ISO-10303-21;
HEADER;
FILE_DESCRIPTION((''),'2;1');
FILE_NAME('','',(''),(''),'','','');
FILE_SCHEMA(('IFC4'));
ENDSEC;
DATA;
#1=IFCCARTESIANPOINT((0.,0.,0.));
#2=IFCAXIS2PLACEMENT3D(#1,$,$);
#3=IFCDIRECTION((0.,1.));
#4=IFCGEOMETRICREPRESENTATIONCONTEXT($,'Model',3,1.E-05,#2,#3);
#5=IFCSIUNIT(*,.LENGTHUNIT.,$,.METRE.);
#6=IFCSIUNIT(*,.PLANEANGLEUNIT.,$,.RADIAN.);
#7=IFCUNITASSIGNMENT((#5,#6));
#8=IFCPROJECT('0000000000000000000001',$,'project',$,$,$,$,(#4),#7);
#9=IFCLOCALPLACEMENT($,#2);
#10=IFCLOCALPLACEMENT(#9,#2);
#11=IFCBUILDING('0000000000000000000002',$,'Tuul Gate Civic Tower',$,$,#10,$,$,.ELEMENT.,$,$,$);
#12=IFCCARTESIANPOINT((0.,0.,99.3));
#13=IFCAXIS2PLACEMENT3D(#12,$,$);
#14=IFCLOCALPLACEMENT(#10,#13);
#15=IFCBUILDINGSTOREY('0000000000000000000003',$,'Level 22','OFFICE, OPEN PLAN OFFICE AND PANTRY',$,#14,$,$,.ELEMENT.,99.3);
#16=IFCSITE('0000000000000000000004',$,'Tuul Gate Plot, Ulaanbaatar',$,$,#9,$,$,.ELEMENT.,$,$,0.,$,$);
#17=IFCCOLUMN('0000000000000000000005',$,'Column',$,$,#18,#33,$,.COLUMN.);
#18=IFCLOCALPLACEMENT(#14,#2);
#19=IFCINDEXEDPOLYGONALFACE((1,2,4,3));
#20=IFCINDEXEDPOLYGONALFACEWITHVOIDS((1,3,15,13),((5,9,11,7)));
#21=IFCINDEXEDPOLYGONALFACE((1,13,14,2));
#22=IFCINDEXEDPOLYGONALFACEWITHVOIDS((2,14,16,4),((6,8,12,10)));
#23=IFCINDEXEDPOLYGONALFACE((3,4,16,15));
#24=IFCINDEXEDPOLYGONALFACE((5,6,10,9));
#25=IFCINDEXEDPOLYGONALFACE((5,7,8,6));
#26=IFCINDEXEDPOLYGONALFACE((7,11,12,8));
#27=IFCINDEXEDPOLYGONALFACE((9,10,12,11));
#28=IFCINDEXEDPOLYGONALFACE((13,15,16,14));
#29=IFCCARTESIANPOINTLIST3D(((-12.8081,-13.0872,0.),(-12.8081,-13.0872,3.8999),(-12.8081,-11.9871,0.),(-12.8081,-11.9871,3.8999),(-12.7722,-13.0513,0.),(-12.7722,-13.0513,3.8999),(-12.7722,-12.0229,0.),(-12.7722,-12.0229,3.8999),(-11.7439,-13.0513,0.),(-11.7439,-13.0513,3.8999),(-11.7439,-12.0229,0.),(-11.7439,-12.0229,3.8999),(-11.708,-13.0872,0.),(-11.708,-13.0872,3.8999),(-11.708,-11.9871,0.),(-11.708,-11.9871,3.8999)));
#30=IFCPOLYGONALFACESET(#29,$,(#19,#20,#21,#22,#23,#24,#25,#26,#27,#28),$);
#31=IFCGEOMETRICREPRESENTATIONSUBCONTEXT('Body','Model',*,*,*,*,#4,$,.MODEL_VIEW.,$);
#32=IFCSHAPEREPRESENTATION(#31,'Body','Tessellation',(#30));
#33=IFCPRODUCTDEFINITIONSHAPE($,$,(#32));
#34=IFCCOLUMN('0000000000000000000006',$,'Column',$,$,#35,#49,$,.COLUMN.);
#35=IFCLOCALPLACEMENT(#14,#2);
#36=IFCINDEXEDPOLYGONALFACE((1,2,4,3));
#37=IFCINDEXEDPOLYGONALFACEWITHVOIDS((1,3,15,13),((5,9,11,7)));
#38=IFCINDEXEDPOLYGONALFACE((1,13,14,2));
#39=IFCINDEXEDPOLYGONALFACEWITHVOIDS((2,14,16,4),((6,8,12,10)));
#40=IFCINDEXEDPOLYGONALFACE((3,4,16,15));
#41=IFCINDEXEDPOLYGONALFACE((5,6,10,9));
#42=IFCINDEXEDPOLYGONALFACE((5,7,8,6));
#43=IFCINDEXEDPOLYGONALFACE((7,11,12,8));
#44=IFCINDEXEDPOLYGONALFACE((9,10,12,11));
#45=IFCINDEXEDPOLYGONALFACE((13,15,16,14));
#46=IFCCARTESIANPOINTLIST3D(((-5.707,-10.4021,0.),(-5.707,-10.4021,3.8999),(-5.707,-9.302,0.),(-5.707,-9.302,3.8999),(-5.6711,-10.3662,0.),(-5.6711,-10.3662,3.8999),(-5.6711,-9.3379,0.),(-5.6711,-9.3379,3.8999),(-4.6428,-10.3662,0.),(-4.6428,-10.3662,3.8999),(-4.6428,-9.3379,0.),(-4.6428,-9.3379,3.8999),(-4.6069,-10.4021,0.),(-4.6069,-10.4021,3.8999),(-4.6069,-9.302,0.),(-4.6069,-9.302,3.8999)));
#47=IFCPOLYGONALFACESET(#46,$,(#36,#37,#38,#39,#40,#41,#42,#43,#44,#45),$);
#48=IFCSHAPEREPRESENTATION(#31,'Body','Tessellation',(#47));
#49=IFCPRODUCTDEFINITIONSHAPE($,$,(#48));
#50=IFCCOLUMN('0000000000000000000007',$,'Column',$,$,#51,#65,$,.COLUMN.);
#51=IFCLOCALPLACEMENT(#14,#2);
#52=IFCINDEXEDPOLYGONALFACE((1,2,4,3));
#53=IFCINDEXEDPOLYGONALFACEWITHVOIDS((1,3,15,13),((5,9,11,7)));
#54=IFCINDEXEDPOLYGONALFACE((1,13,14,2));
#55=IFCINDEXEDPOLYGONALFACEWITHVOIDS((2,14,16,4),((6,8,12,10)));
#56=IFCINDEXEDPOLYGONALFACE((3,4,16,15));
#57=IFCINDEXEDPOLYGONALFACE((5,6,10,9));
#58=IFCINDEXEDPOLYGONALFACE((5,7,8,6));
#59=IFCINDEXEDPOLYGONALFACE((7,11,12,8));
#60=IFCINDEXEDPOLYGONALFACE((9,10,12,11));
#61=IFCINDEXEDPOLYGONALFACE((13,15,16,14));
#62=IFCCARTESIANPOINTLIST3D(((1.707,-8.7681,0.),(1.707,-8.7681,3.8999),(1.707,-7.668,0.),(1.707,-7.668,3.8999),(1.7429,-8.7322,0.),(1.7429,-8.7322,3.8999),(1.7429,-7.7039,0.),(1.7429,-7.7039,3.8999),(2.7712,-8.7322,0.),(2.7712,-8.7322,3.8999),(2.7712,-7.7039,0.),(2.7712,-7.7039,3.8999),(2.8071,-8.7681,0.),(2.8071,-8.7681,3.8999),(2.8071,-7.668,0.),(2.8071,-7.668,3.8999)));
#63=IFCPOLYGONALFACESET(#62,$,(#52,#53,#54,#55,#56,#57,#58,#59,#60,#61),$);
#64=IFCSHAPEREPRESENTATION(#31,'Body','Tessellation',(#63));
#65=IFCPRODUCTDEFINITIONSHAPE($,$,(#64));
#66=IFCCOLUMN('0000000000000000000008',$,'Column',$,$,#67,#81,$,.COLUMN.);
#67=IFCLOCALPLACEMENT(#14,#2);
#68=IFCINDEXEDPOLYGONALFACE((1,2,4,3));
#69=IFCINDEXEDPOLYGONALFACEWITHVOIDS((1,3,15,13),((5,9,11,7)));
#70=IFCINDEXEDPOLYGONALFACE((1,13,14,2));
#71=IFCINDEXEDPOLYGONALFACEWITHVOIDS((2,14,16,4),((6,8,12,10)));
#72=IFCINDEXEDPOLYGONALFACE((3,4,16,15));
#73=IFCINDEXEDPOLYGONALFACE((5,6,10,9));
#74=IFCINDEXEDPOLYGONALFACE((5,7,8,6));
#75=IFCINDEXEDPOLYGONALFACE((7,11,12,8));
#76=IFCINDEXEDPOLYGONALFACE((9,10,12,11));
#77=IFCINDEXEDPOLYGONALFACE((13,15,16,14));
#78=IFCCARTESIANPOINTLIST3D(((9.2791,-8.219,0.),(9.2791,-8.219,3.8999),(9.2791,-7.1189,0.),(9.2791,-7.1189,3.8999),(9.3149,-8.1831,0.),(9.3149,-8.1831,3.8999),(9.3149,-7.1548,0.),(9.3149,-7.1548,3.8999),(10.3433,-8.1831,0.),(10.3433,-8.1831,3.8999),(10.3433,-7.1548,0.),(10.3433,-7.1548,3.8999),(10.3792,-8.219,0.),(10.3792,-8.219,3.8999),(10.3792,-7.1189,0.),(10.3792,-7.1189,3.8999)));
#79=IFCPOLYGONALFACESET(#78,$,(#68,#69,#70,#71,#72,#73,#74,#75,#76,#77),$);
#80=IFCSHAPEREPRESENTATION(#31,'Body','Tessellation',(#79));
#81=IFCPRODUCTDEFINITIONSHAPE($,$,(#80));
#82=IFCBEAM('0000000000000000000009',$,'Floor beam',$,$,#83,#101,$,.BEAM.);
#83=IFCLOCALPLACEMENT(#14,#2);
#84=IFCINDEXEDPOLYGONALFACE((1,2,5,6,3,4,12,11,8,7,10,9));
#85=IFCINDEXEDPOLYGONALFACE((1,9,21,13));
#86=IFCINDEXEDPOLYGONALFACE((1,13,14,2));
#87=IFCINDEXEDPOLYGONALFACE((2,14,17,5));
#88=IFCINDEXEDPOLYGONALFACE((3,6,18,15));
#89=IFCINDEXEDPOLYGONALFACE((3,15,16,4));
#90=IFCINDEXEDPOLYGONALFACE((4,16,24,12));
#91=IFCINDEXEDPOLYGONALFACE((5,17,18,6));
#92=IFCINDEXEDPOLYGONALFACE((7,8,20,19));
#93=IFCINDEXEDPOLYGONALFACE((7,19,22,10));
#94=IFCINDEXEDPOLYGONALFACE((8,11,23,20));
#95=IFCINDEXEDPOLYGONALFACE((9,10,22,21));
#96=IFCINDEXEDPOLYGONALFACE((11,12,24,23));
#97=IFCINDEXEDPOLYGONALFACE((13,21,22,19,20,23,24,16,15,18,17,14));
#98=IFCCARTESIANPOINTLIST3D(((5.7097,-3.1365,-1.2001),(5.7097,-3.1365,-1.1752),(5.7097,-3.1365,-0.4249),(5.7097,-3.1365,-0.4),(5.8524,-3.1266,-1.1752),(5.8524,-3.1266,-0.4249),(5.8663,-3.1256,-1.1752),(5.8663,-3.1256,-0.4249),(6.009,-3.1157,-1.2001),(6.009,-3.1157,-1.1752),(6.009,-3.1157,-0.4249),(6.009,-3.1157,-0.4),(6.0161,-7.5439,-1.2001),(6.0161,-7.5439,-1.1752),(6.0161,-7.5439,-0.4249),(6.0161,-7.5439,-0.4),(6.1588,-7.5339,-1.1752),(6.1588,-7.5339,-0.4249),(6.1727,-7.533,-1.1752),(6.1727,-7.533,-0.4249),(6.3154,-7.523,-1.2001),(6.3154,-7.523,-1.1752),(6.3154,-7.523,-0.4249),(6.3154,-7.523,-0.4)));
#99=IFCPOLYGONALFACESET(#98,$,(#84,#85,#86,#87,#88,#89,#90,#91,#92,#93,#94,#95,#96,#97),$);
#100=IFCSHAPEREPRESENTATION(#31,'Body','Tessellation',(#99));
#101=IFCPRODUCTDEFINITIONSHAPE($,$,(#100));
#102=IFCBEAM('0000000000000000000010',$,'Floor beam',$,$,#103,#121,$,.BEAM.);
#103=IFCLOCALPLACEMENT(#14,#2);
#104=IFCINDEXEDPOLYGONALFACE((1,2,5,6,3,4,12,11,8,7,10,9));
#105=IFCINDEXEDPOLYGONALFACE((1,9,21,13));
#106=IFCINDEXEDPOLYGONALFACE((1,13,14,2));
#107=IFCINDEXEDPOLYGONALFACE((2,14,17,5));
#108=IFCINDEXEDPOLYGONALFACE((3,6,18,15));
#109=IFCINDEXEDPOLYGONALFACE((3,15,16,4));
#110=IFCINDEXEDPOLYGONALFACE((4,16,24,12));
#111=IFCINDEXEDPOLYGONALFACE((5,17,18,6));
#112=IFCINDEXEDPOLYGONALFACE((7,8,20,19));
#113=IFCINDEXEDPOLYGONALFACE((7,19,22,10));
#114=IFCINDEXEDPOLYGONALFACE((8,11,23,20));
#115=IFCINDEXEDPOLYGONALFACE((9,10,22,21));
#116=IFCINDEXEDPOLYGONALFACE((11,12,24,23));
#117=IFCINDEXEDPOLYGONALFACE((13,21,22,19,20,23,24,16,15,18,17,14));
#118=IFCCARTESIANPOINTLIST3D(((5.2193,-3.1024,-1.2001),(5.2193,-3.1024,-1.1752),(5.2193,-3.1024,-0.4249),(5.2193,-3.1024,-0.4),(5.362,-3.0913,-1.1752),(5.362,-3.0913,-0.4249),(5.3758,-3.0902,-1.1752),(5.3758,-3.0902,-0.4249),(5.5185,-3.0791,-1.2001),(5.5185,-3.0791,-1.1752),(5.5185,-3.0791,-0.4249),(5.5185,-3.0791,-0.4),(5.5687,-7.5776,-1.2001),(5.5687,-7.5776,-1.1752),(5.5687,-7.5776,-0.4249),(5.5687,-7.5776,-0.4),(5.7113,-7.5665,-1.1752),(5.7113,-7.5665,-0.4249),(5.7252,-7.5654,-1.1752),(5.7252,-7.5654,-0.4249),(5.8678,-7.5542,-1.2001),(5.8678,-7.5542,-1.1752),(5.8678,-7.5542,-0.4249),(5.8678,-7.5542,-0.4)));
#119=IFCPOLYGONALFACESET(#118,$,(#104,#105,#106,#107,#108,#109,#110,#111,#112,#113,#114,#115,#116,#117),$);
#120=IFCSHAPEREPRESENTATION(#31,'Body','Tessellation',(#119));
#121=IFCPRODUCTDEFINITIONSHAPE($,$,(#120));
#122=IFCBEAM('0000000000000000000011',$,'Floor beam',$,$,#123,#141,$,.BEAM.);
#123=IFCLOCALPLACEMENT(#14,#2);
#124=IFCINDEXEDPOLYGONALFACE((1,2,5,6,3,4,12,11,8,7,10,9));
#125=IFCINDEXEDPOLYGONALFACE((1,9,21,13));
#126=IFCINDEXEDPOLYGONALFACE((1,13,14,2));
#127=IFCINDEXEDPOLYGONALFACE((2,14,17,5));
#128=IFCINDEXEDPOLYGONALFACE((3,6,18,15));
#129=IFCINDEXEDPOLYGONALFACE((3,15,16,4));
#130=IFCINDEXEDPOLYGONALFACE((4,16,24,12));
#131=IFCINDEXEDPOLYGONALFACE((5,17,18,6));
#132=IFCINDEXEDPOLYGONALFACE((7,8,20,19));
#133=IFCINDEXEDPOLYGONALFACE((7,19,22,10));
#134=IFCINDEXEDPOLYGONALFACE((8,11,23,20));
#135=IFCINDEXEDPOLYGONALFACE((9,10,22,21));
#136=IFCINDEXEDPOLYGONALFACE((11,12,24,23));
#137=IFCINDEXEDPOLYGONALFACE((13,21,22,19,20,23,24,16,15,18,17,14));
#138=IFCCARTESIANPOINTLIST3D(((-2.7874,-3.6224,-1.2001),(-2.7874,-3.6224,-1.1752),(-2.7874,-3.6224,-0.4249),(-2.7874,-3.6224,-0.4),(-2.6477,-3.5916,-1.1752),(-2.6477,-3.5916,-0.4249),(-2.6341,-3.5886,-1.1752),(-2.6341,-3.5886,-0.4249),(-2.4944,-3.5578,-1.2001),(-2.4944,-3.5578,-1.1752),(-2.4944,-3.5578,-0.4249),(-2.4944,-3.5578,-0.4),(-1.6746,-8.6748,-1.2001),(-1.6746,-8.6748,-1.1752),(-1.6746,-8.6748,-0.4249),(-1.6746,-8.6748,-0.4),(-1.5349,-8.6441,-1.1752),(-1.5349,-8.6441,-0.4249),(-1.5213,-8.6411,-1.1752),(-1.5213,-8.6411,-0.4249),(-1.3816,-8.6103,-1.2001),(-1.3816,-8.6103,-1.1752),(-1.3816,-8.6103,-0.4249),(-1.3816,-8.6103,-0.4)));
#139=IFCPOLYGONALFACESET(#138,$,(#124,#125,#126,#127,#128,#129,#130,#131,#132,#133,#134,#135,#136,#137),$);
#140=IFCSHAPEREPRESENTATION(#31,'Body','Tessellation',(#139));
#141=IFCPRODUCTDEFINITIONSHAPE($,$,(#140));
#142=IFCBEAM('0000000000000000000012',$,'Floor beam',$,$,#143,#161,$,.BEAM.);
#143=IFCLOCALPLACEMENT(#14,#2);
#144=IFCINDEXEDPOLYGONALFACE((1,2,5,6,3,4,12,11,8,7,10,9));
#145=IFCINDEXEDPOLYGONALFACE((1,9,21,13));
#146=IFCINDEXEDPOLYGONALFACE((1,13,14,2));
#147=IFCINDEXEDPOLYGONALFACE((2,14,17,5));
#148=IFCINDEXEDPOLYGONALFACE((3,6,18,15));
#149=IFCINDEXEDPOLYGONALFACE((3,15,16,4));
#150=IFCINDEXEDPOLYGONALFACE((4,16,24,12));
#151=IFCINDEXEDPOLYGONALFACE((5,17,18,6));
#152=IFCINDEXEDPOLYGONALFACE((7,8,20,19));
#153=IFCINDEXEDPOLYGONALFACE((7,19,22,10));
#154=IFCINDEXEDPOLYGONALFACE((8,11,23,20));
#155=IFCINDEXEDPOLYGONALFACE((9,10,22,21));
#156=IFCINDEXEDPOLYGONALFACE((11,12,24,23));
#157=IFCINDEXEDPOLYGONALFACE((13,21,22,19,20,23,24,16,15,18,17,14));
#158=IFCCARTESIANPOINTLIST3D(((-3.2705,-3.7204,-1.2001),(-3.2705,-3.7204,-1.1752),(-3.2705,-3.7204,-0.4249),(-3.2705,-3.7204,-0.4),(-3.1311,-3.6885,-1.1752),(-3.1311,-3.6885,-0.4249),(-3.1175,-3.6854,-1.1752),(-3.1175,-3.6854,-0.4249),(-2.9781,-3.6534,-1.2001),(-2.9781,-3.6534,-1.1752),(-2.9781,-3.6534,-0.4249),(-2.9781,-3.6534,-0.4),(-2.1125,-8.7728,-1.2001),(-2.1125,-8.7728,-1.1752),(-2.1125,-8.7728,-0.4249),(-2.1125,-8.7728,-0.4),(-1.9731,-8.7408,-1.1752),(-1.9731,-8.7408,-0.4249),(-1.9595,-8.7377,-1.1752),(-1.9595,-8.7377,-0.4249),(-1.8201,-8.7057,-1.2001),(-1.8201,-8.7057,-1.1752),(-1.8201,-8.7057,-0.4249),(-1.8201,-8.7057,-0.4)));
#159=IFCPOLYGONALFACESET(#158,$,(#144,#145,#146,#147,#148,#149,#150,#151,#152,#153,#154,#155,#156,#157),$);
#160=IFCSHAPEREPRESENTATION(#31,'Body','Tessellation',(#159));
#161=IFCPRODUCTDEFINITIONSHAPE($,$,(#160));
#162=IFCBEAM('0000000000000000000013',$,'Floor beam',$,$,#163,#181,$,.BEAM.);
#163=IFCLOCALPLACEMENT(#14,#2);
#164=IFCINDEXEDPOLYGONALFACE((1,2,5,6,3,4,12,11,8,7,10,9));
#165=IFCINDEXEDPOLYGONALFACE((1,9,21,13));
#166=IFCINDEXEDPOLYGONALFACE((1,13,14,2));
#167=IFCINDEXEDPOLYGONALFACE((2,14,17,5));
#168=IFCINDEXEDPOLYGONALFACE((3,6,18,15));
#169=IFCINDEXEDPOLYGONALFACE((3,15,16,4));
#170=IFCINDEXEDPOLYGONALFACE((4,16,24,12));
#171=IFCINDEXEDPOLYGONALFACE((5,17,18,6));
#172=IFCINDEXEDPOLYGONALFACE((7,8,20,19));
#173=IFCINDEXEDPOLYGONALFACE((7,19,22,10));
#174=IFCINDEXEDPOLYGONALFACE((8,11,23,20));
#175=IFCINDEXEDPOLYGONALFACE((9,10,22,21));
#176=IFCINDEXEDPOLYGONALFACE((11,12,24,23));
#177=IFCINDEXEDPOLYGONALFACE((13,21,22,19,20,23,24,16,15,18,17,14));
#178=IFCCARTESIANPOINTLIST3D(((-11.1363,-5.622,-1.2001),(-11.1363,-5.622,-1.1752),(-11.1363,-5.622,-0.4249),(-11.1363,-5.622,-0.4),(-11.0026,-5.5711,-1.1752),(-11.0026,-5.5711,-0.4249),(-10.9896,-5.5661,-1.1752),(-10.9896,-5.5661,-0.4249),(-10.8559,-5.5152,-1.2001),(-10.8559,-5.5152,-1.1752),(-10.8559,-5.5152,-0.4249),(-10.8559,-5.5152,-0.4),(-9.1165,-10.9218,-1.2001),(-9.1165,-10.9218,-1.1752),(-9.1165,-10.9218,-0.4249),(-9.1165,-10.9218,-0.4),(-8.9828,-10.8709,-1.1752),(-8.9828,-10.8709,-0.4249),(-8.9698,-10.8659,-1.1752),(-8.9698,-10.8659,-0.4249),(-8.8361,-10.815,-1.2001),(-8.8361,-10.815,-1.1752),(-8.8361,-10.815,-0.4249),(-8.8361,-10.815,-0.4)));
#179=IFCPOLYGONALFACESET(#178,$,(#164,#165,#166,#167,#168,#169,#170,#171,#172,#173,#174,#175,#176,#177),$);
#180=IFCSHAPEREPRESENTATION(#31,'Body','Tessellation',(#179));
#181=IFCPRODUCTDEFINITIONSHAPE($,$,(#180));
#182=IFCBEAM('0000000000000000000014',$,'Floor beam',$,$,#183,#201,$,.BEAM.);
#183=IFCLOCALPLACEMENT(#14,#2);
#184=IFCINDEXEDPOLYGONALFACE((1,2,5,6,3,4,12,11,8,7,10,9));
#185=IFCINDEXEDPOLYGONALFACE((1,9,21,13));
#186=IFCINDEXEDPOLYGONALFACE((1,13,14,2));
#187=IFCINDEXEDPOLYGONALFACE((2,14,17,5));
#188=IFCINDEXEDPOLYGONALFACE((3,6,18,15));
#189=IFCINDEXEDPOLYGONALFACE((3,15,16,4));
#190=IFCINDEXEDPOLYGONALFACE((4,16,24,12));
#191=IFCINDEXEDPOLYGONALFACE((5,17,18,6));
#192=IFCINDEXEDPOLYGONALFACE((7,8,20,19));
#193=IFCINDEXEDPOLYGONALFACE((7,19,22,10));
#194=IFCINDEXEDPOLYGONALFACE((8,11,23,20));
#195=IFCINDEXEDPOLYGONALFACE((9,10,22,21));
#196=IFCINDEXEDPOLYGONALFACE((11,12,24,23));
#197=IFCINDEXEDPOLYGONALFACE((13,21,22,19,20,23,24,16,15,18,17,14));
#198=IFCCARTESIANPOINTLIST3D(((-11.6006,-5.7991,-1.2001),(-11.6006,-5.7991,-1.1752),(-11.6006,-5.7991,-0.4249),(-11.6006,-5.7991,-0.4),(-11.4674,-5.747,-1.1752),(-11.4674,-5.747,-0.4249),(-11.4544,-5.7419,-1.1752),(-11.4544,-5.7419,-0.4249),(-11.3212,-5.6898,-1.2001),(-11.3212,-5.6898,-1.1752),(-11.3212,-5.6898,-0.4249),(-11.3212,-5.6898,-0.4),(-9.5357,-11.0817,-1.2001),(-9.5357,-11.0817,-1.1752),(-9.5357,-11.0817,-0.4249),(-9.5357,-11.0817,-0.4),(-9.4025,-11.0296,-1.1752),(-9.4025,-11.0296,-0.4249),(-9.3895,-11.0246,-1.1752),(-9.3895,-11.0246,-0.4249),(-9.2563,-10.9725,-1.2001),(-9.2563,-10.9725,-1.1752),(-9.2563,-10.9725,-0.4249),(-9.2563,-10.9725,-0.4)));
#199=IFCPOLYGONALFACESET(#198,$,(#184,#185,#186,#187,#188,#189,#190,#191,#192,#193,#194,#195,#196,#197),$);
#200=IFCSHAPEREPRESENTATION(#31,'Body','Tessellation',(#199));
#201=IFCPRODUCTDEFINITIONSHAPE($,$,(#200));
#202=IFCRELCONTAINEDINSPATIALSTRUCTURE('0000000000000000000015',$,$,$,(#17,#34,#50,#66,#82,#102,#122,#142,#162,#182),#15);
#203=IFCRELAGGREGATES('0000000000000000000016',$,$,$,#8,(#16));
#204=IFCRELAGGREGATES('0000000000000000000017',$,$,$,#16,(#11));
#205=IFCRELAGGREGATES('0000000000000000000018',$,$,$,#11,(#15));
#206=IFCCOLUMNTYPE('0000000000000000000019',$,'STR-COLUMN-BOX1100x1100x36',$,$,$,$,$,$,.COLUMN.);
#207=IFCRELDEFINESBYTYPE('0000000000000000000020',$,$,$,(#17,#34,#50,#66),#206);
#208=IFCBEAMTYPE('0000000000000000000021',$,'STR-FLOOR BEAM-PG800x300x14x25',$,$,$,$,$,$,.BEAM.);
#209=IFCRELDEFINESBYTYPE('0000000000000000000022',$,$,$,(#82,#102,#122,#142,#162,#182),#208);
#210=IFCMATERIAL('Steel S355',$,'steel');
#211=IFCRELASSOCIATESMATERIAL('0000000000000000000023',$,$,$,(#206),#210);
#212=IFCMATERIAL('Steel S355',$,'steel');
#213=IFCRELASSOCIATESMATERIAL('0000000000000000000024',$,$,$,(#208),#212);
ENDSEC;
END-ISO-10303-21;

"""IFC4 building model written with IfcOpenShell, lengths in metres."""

from ifc_helpers import new_model, si_unit, direction, frame, origin, origin_2d, place, context, subcontext, project, spatial, hollow_rectangle, i_section, extrude, material, material_profile, profile_set, type_object, element, save


model = new_model("IFC4")

# Units and contexts
model_context = context("Model", 3, precision=1e-05, world=origin(), true_north=direction((0.0, 1.0)))
body_context = subcontext(model_context, "Body", "Model", "MODEL_VIEW")
ifc_project = project(units=[si_unit("LENGTHUNIT", "METRE"), si_unit("PLANEANGLEUNIT", "RADIAN")], contexts=[model_context])

# Site, building, storey
site_placement = place(None, origin())
site = spatial("IfcSite", under=ifc_project, at=site_placement, Name="Tuul Gate Plot, Ulaanbaatar", CompositionType="ELEMENT", RefElevation=0.0)
building_placement = place(site_placement, origin())
building = spatial("IfcBuilding", under=site, at=building_placement, Name="Tuul Gate Civic Tower", CompositionType="ELEMENT")
storey_placement = place(building_placement, frame((0.0, 0.0, 99.3)))
storey = spatial("IfcBuildingStorey", under=building, at=storey_placement, Name="Level 22", Description="OFFICE, OPEN PLAN OFFICE AND PANTRY", CompositionType="ELEMENT", Elevation=99.3)

# Columns
ifc_material_1 = material(Name="Steel S355", Category="steel")
ifc_material_profile_1 = material_profile(ifc_material_1, hollow_rectangle(XDim=1.1001, YDim=1.1001, WallThickness=0.0359, at=origin_2d()), Name="BOX1100x1100x36")
ifc_profile_set_1 = profile_set([ifc_material_profile_1], Name="Steel S355")
column_type = type_object("IfcColumnType", Name="STR-COLUMN-BOX1100x1100x36", PredefinedType="COLUMN", material=ifc_profile_set_1)
for number, where, z_axis, x_axis, name in (
    (1, (-12.2581, -12.5371, 0.0), (0.0, 0.0, 1.0), (1.0, 0.0, 0.0), "Column"),
    (2, (-5.157, -9.8521, 0.0), (0.0, 0.0, 1.0), (1.0, 0.0, 0.0), "Column"),
    (3, (2.2571, -8.218, 0.0), (0.0, 0.0, 1.0), (1.0, 0.0, 0.0), "Column"),
    (4, (9.8291, -7.6689, 0.0), (0.0, 0.0, 1.0), (1.0, 0.0, 0.0), "Column"),
):
    element("IfcColumn", number, at=place(storey_placement, frame(where, z_axis=z_axis, x_axis=x_axis)), inside=storey, type_object=column_type, Name=name, PredefinedType="COLUMN", context=body_context, shape_type="SweptSolid", body=[
        extrude(hollow_rectangle(XDim=1.1001, YDim=1.1001, WallThickness=0.0359, at=origin_2d()), origin(), (0.0, 0.0, 1.0), 3.8999),
    ])

# Beams
ifc_material_2 = material(Name="Steel S355", Category="steel")
ifc_material_profile_2 = material_profile(ifc_material_2, i_section(OverallWidth=0.3, OverallDepth=0.8, WebThickness=0.0139, FlangeThickness=0.0249, at=origin_2d()), Name="PG800x300x14x25")
ifc_profile_set_2 = profile_set([ifc_material_profile_2], Name="Steel S355")
beam_type = type_object("IfcBeamType", Name="STR-FLOOR BEAM-PG800x300x14x25", PredefinedType="BEAM", material=ifc_profile_set_2)
beam_1_placement = place(storey_placement, frame((6.1658, -7.5334, -0.8), z_axis=(-0.069354, 0.997592, 0.0), x_axis=(-0.997592, -0.069354, 0.0)))
element("IfcBeam", 5, at=beam_1_placement, inside=storey, type_object=beam_type, Name="Floor beam", PredefinedType="BEAM", context=body_context, shape_type="SweptSolid", body=[
    extrude(i_section(OverallWidth=0.3, OverallDepth=0.8, WebThickness=0.0139, FlangeThickness=0.0249, at=origin_2d()), origin(), (0.0, 0.0, 1.0), 4.418),
])
beam_2_placement = place(storey_placement, frame((5.7183, -7.5659, -0.8), z_axis=(-0.077832, 0.996966, 0.0), x_axis=(-0.996966, -0.077832, 0.0)))
element("IfcBeam", 6, at=beam_2_placement, inside=storey, type_object=beam_type, Name="Floor beam", PredefinedType="BEAM", context=body_context, shape_type="SweptSolid", body=[
    extrude(i_section(OverallWidth=0.3, OverallDepth=0.8, WebThickness=0.0139, FlangeThickness=0.0249, at=origin_2d()), origin(), (0.0, 0.0, 1.0), 4.4888),
])
beam_3_placement = place(storey_placement, frame((-1.5281, -8.6426, -0.8), z_axis=(-0.215091, 0.976594, 0.0), x_axis=(-0.976594, -0.215091, 0.0)))
element("IfcBeam", 7, at=beam_3_placement, inside=storey, type_object=beam_type, Name="Floor beam", PredefinedType="BEAM", context=body_context, shape_type="SweptSolid", body=[
    extrude(i_section(OverallWidth=0.3, OverallDepth=0.8, WebThickness=0.0139, FlangeThickness=0.0249, at=origin_2d()), origin(), (0.0, 0.0, 1.0), 5.1736),
])
beam_4_placement = place(storey_placement, frame((-1.9663, -8.7393, -0.8), z_axis=(-0.223404, 0.974726, 0.0), x_axis=(-0.974726, -0.223404, 0.0)))
element("IfcBeam", 8, at=beam_4_placement, inside=storey, type_object=beam_type, Name="Floor beam", PredefinedType="BEAM", context=body_context, shape_type="SweptSolid", body=[
    extrude(i_section(OverallWidth=0.3, OverallDepth=0.8, WebThickness=0.0139, FlangeThickness=0.0249, at=origin_2d()), origin(), (0.0, 0.0, 1.0), 5.1833),
])
beam_5_placement = place(storey_placement, frame((-8.9763, -10.8684, -0.8), z_axis=(-0.356119, 0.934441, 0.0), x_axis=(-0.934441, -0.356119, 0.0)))
element("IfcBeam", 9, at=beam_5_placement, inside=storey, type_object=beam_type, Name="Floor beam", PredefinedType="BEAM", context=body_context, shape_type="SweptSolid", body=[
    extrude(i_section(OverallWidth=0.3, OverallDepth=0.8, WebThickness=0.0139, FlangeThickness=0.0249, at=origin_2d()), origin(), (0.0, 0.0, 1.0), 5.6716),
])
beam_6_placement = place(storey_placement, frame((-9.396, -11.0271, -0.8), z_axis=(-0.364062, 0.931375, 0.0), x_axis=(-0.931375, -0.364062, 0.0)))
element("IfcBeam", 10, at=beam_6_placement, inside=storey, type_object=beam_type, Name="Floor beam", PredefinedType="BEAM", context=body_context, shape_type="SweptSolid", body=[
    extrude(i_section(OverallWidth=0.3, OverallDepth=0.8, WebThickness=0.0139, FlangeThickness=0.0249, at=origin_2d()), origin(), (0.0, 0.0, 1.0), 5.6719),
])

save(model, "model.ifc")
